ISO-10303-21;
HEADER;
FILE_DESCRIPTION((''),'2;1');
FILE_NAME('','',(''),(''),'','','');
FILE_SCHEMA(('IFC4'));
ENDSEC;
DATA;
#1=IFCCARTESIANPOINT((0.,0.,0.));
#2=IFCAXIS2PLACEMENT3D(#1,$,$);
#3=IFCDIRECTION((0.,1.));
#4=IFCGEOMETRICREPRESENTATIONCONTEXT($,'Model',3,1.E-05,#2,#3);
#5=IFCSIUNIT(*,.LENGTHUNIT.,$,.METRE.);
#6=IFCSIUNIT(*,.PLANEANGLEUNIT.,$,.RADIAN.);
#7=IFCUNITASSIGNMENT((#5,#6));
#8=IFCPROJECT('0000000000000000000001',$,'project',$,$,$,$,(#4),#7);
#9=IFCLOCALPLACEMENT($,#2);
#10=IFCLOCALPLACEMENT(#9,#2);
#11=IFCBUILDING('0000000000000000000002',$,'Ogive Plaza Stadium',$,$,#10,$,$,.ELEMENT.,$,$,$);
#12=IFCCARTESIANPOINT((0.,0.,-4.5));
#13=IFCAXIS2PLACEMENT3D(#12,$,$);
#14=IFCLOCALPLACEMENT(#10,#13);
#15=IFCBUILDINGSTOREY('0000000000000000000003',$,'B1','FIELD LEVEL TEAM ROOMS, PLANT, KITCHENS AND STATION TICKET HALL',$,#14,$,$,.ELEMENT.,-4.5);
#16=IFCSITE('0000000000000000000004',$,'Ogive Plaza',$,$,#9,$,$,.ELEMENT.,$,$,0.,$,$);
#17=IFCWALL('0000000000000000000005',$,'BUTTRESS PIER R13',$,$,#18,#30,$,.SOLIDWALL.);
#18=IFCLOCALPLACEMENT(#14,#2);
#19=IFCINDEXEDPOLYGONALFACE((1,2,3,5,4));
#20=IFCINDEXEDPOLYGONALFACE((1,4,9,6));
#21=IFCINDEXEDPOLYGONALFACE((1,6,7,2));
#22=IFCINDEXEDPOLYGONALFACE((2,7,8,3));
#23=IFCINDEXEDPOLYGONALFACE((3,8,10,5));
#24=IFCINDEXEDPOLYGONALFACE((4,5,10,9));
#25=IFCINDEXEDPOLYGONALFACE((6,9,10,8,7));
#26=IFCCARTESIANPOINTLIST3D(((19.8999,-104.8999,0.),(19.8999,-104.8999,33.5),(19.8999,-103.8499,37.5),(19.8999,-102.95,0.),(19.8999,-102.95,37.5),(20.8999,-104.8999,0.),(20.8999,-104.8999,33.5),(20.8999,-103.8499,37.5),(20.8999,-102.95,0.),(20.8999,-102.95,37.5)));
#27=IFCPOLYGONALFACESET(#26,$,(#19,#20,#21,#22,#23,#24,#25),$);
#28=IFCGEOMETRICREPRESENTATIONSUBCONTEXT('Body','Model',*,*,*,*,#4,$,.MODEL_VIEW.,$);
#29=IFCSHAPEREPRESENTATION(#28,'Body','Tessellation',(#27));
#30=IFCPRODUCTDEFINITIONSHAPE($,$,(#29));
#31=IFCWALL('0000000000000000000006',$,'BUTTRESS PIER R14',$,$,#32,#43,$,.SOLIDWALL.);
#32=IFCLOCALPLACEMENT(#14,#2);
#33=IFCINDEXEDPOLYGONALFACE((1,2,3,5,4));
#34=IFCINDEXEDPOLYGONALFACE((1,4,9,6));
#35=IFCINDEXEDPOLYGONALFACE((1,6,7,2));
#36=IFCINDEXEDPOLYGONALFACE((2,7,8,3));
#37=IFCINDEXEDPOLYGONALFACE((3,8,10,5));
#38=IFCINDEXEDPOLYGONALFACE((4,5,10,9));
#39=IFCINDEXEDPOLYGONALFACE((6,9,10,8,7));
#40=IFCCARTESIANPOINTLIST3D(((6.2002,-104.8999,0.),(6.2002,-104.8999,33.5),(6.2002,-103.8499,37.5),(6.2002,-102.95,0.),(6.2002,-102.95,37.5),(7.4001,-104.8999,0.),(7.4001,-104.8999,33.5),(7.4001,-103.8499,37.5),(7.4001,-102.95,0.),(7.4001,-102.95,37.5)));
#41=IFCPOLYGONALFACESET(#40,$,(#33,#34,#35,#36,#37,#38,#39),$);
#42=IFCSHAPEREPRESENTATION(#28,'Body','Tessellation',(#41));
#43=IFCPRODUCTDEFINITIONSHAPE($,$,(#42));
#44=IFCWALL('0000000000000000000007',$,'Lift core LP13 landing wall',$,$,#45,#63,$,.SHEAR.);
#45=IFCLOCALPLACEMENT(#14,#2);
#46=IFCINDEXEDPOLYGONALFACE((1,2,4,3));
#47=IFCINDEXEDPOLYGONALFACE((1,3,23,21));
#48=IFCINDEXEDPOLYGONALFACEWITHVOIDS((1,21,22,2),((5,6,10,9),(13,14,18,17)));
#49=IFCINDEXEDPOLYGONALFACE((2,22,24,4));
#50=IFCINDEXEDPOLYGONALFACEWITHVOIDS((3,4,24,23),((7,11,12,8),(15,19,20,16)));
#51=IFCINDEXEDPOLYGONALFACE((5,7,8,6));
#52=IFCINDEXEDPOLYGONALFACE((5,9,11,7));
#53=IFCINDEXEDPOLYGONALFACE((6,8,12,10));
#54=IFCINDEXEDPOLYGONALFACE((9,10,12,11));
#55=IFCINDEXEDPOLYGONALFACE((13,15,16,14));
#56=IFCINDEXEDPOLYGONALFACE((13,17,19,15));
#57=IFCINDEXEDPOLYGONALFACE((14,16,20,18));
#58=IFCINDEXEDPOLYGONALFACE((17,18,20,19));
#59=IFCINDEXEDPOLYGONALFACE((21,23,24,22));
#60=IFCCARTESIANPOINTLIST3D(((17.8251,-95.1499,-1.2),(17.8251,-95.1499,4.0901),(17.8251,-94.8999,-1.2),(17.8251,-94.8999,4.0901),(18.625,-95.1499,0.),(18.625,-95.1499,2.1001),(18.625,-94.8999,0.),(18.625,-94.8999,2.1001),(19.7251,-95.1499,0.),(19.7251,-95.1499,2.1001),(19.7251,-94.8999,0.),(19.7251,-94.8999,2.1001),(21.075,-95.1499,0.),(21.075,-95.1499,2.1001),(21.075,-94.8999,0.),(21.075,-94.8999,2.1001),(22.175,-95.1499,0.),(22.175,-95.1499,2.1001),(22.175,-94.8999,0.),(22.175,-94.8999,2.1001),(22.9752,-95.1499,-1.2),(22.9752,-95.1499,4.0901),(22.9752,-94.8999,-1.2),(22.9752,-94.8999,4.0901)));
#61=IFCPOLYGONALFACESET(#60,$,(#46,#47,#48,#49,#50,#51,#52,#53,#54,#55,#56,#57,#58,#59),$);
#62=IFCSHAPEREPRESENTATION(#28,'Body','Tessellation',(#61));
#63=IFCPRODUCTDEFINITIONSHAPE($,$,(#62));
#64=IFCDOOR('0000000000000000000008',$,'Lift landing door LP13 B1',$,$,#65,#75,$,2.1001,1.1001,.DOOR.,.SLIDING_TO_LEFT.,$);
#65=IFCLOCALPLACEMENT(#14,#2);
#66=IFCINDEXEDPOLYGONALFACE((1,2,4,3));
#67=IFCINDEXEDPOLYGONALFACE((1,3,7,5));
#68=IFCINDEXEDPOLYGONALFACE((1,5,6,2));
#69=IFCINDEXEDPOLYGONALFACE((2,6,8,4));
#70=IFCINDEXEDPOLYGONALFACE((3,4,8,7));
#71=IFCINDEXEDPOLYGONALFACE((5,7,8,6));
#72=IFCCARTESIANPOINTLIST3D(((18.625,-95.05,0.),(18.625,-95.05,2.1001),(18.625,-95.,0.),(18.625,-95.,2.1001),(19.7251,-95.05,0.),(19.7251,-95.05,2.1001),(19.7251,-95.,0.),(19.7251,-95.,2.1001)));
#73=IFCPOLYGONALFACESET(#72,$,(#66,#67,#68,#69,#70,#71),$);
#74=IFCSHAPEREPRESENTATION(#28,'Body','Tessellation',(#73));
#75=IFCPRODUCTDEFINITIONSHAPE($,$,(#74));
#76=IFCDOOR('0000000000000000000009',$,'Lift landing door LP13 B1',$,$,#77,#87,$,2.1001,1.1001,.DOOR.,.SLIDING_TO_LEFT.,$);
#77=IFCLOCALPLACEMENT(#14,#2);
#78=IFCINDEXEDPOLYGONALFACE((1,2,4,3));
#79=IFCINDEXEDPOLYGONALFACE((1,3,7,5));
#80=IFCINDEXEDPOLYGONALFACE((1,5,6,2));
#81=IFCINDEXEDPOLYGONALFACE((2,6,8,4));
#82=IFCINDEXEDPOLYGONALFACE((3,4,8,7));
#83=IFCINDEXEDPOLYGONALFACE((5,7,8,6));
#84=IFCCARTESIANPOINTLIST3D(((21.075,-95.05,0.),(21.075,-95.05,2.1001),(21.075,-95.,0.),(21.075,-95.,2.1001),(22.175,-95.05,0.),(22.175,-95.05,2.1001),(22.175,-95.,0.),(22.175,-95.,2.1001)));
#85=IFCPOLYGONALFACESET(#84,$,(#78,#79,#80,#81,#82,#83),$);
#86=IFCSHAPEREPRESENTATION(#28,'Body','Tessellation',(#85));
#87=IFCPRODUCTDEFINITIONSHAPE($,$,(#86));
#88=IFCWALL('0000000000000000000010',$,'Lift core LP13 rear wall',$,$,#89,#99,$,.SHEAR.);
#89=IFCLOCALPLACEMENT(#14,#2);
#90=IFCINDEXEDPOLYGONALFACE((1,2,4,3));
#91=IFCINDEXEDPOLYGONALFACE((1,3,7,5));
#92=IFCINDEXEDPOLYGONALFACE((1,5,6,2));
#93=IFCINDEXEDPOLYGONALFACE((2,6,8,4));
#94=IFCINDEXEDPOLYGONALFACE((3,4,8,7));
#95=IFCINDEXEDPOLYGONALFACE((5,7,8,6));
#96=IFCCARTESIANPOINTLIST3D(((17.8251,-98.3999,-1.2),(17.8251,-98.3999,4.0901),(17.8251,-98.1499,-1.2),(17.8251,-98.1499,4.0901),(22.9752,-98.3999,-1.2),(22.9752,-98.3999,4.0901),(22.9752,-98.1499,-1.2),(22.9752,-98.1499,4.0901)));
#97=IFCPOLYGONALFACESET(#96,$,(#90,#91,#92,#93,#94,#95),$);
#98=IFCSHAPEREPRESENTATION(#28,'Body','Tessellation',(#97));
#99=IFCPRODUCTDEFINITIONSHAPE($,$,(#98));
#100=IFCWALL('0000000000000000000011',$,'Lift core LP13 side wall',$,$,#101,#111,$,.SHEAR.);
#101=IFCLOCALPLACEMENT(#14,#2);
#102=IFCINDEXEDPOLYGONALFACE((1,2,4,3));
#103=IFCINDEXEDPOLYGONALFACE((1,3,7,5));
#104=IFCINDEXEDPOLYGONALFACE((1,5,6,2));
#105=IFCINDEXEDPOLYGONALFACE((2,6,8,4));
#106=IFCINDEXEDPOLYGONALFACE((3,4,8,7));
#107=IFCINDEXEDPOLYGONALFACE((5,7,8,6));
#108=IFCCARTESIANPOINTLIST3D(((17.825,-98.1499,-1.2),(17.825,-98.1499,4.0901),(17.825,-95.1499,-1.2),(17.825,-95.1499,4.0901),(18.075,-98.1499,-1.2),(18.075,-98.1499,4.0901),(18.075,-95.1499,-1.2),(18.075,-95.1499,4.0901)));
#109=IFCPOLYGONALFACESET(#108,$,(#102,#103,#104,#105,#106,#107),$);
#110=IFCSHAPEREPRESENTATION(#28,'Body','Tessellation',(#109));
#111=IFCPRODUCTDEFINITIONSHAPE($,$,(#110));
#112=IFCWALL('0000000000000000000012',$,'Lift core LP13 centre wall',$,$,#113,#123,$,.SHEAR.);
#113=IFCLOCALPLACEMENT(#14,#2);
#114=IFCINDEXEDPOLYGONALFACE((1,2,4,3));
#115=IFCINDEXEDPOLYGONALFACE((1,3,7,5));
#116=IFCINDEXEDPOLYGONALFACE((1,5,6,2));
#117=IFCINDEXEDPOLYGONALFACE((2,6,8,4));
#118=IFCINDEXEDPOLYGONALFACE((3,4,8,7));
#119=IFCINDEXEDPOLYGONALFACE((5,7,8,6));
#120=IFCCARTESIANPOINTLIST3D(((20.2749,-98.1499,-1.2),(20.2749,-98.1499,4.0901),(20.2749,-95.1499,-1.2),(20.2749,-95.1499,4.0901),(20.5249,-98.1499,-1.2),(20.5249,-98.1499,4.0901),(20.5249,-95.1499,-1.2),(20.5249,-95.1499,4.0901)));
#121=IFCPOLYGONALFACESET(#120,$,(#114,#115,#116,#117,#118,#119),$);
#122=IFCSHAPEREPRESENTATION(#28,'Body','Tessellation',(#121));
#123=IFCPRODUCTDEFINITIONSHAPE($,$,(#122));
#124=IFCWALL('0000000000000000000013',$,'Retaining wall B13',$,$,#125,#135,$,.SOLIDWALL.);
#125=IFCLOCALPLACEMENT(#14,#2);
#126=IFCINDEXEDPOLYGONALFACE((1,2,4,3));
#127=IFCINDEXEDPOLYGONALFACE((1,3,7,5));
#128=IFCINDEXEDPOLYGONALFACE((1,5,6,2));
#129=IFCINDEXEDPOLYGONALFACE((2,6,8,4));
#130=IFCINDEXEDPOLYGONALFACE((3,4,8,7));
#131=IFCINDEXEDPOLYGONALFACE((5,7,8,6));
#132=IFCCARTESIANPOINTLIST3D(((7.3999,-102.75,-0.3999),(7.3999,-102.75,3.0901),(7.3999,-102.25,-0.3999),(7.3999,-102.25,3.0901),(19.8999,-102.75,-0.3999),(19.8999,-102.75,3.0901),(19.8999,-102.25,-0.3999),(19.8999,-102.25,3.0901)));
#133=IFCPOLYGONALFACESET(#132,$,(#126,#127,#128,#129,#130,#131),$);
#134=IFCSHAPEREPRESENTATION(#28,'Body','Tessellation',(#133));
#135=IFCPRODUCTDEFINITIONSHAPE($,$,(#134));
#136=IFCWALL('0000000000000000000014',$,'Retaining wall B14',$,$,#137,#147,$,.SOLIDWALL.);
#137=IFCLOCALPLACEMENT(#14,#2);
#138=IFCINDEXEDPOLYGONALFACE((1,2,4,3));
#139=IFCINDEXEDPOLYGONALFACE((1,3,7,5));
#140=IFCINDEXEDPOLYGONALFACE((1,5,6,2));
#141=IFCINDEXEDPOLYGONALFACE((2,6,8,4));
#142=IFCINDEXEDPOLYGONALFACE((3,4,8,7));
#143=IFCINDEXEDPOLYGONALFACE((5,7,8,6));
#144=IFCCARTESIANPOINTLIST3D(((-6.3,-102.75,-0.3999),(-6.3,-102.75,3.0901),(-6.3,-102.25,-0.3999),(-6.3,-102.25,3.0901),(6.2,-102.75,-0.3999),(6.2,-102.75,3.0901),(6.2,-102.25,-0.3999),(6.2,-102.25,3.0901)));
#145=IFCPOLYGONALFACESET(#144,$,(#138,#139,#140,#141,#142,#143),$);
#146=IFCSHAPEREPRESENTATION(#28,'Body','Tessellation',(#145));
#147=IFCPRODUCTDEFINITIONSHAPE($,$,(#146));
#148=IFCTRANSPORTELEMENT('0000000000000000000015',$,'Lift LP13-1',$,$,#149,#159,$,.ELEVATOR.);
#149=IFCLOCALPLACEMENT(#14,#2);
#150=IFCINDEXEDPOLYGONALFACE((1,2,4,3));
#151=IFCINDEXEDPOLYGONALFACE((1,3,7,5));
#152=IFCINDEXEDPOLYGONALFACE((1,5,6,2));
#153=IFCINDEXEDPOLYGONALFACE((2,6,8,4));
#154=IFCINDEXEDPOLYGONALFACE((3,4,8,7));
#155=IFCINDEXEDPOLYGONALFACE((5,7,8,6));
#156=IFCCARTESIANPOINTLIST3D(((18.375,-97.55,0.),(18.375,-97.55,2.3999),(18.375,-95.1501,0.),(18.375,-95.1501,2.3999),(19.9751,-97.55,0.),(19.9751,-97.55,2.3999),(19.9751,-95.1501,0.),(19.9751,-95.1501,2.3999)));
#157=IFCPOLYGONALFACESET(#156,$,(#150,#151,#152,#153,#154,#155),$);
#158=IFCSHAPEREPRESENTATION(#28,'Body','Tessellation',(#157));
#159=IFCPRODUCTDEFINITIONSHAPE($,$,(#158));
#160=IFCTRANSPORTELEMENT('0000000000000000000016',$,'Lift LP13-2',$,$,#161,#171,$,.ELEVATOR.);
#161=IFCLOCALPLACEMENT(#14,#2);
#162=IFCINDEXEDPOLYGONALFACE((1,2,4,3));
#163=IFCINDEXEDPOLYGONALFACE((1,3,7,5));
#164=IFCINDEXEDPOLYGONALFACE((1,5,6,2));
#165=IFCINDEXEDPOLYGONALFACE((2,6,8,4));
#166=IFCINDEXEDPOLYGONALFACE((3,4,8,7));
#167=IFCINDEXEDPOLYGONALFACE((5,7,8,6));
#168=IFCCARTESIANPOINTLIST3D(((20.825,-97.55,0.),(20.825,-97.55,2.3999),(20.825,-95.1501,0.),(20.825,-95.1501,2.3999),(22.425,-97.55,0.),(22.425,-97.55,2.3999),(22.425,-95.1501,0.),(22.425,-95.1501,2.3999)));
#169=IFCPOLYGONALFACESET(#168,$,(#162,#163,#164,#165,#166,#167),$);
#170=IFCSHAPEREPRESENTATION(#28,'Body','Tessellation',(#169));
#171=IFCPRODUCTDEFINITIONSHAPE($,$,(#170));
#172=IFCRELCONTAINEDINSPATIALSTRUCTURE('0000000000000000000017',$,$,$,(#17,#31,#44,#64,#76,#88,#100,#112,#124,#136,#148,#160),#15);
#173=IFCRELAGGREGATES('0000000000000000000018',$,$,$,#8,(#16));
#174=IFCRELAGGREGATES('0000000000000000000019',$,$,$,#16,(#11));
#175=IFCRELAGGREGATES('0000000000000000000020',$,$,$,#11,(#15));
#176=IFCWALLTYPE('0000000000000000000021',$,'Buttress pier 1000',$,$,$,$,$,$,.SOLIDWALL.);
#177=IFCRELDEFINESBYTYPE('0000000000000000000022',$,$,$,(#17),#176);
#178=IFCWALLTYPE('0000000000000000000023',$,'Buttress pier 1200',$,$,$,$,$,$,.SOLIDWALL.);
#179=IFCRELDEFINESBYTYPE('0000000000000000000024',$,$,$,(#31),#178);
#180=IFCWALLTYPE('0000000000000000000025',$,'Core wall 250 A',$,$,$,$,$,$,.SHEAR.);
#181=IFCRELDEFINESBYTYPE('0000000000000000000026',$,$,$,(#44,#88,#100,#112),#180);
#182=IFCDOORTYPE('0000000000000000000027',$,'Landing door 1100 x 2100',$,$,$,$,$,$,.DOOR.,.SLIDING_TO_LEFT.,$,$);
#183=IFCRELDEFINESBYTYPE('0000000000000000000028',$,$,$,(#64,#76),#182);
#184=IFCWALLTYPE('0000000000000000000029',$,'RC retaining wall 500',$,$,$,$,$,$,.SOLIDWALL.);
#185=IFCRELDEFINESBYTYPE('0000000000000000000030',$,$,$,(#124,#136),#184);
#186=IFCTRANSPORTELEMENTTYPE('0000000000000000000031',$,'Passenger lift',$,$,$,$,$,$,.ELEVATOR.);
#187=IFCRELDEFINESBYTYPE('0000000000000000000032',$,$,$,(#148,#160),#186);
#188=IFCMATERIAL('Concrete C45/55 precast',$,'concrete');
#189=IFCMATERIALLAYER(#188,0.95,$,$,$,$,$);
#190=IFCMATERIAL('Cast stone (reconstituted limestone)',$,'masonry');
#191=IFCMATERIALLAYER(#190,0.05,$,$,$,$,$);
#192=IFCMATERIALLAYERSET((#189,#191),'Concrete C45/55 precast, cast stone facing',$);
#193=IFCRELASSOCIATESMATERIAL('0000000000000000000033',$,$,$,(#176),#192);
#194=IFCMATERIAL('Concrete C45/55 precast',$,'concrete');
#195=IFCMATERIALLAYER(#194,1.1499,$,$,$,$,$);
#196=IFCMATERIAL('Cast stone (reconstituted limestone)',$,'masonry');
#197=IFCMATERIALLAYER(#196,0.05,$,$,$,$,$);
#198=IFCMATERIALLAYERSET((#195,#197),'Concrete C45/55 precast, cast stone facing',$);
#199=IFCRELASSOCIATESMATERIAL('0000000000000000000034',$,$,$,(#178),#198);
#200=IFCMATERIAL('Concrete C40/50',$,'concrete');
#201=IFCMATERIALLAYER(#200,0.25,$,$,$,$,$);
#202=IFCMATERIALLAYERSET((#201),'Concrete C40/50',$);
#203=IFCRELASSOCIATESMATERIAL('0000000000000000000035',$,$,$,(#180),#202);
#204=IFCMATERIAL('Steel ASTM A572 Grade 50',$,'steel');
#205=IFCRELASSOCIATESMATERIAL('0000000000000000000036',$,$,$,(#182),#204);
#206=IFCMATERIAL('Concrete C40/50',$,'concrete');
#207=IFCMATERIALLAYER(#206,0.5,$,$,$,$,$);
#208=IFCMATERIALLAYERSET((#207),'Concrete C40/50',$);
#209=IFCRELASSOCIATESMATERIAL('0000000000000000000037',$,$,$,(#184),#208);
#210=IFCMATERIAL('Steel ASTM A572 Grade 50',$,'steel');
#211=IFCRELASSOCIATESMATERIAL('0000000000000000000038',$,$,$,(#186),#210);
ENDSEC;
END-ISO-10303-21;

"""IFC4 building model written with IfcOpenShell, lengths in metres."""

from ifc_helpers import new_model, si_unit, direction, frame, frame_2d, origin, origin_2d, place, context, subcontext, project, spatial, polyline, rectangle, outline, extrude, material, layer, layer_set, type_object, element, fill, save


model = new_model("IFC4")

# Units and contexts
model_context = context("Model", 3, precision=1e-05, world=origin(), true_north=direction((0.0, 1.0)))
body_context = subcontext(model_context, "Body", "Model", "MODEL_VIEW")
ifc_project = project(units=[si_unit("LENGTHUNIT", "METRE"), si_unit("PLANEANGLEUNIT", "RADIAN")], contexts=[model_context])

# Site, building, storey
site_placement = place(None, origin())
site = spatial("IfcSite", under=ifc_project, at=site_placement, Name="Ogive Plaza", CompositionType="ELEMENT", RefElevation=0.0)
building_placement = place(site_placement, origin())
building = spatial("IfcBuilding", under=site, at=building_placement, Name="Ogive Plaza Stadium", CompositionType="ELEMENT")
storey_placement = place(building_placement, frame((0.0, 0.0, -4.5)))
storey = spatial("IfcBuildingStorey", under=building, at=storey_placement, Name="B1", Description="FIELD LEVEL TEAM ROOMS, PLANT, KITCHENS AND STATION TICKET HALL", CompositionType="ELEMENT", Elevation=-4.5)

# Walls
ifc_material_1 = material(Name="Concrete C45/55 precast", Category="concrete")
ifc_layer_1 = layer(ifc_material_1, 0.95)
ifc_material_2 = material(Name="Cast stone (reconstituted limestone)", Category="masonry")
ifc_layer_2 = layer(ifc_material_2, 0.05)
ifc_layer_set_1 = layer_set([ifc_layer_1, ifc_layer_2], Name="Concrete C45/55 precast, cast stone facing")
wall_type_1 = type_object("IfcWallType", Name="Buttress pier 1000", PredefinedType="SOLIDWALL", material=ifc_layer_set_1)
wall_1_placement = place(storey_placement, frame((20.3999, -102.95, 0.0), z_axis=(0.0, 0.0, 1.0), x_axis=(0.0, -1.0, 0.0)))
element("IfcWall", 1, at=wall_1_placement, inside=storey, type_object=wall_type_1, Name="BUTTRESS PIER R13", PredefinedType="SOLIDWALL", context=body_context, shape_type="SweptSolid", body=[
    extrude(outline(polyline([(0.0, 0.0), (1.95, 0.0), (1.95, 33.5), (0.8999, 37.5), (0.0, 37.5), (0.0, 0.0)])), frame((0.0, 0.5, 0.0), z_axis=(0.0, -1.0, 0.0), x_axis=(1.0, 0.0, 0.0)), (0.0, 0.0, 1.0), 1.0),
])
ifc_material_3 = material(Name="Concrete C45/55 precast", Category="concrete")
ifc_layer_3 = layer(ifc_material_3, 1.1499)
ifc_material_4 = material(Name="Cast stone (reconstituted limestone)", Category="masonry")
ifc_layer_4 = layer(ifc_material_4, 0.05)
ifc_layer_set_2 = layer_set([ifc_layer_3, ifc_layer_4], Name="Concrete C45/55 precast, cast stone facing")
wall_type_2 = type_object("IfcWallType", Name="Buttress pier 1200", PredefinedType="SOLIDWALL", material=ifc_layer_set_2)
wall_2_placement = place(storey_placement, frame((6.8, -102.95, 0.0), z_axis=(0.0, 0.0, 1.0), x_axis=(0.0, -1.0, 0.0)))
element("IfcWall", 2, at=wall_2_placement, inside=storey, type_object=wall_type_2, Name="BUTTRESS PIER R14", PredefinedType="SOLIDWALL", context=body_context, shape_type="SweptSolid", body=[
    extrude(outline(polyline([(0.0, 0.0), (1.95, 0.0), (1.95, 33.5), (0.8999, 37.5), (0.0, 37.5), (0.0, 0.0)])), frame((0.0, 0.6001, 0.0), z_axis=(0.0, -1.0, 0.0), x_axis=(1.0, 0.0, 0.0)), (0.0, 0.0, 1.0), 1.2),
])

# Wall, openings, doors
ifc_material_5 = material(Name="Concrete C40/50", Category="concrete")
ifc_layer_5 = layer(ifc_material_5, 0.25)
ifc_layer_set_3 = layer_set([ifc_layer_5], Name="Concrete C40/50")
wall_type_3 = type_object("IfcWallType", Name="Core wall 250 A", PredefinedType="SHEAR", material=ifc_layer_set_3)
wall_3_placement = place(storey_placement, frame((17.825, -95.0249, -1.2), z_axis=(0.0, 0.0, 1.0), x_axis=(1.0, 0.0, 0.0)))
wall_3 = element("IfcWall", 3, at=wall_3_placement, inside=storey, type_object=wall_type_3, Name="Lift core LP13 landing wall", PredefinedType="SHEAR", context=body_context, shape_type="SweptSolid", body=[
    extrude(rectangle(XDim=5.1501, YDim=0.25, at=frame_2d((2.5752, 0.0))), origin(), (0.0, 0.0, 1.0), 5.29),
])
opening_1_placement = place(wall_3_placement, frame((0.8, 0.0, 1.2)))
opening_1 = element("IfcOpeningElement", 4, at=opening_1_placement, cuts=wall_3, PredefinedType="OPENING", context=body_context, shape_type="SweptSolid", body=[
    extrude(rectangle(XDim=1.1001, YDim=2.1001, at=frame_2d((0.55, 1.05))), frame((0.0, 0.125, 0.0), z_axis=(0.0, -1.0, 0.0), x_axis=(1.0, 0.0, 0.0)), (0.0, 0.0, 1.0), 0.25),
])
opening_2_placement = place(wall_3_placement, frame((3.25, 0.0, 1.2)))
opening_2 = element("IfcOpeningElement", 5, at=opening_2_placement, cuts=wall_3, PredefinedType="OPENING", context=body_context, shape_type="SweptSolid", body=[
    extrude(rectangle(XDim=1.1001, YDim=2.1001, at=frame_2d((0.55, 1.05))), frame((0.0, 0.125, 0.0), z_axis=(0.0, -1.0, 0.0), x_axis=(1.0, 0.0, 0.0)), (0.0, 0.0, 1.0), 0.25),
])
ifc_material_6 = material(Name="Steel ASTM A572 Grade 50", Category="steel")
door_type = type_object("IfcDoorType", Name="Landing door 1100 x 2100", OperationType="SLIDING_TO_LEFT", PredefinedType="DOOR", material=ifc_material_6)
door_1_placement = place(opening_1_placement, origin())
door_1 = element("IfcDoor", 6, at=door_1_placement, inside=storey, type_object=door_type, Name="Lift landing door LP13 B1", OperationType="SLIDING_TO_LEFT", OverallHeight=2.1001, OverallWidth=1.1001, PredefinedType="DOOR", context=body_context, shape_type="SweptSolid", body=[
    extrude(rectangle(XDim=1.1001, YDim=2.1001, at=frame_2d((0.55, 1.05))), frame((0.0, 0.0249, 0.0), z_axis=(0.0, -1.0, 0.0), x_axis=(1.0, 0.0, 0.0)), (0.0, 0.0, 1.0), 0.05),
])
fill(opening_1, door_1)
door_2_placement = place(opening_2_placement, origin())
door_2 = element("IfcDoor", 7, at=door_2_placement, inside=storey, type_object=door_type, Name="Lift landing door LP13 B1", OperationType="SLIDING_TO_LEFT", OverallHeight=2.1001, OverallWidth=1.1001, PredefinedType="DOOR", context=body_context, shape_type="SweptSolid", body=[
    extrude(rectangle(XDim=1.1001, YDim=2.1001, at=frame_2d((0.55, 1.05))), frame((0.0, 0.0249, 0.0), z_axis=(0.0, -1.0, 0.0), x_axis=(1.0, 0.0, 0.0)), (0.0, 0.0, 1.0), 0.05),
])
fill(opening_2, door_2)

# Walls
wall_4_placement = place(storey_placement, frame((17.825, -98.2749, -1.2), z_axis=(0.0, 0.0, 1.0), x_axis=(1.0, 0.0, 0.0)))
element("IfcWall", 8, at=wall_4_placement, inside=storey, type_object=wall_type_3, Name="Lift core LP13 rear wall", PredefinedType="SHEAR", context=body_context, shape_type="SweptSolid", body=[
    extrude(rectangle(XDim=5.1501, YDim=0.25, at=frame_2d((2.5752, 0.0))), origin(), (0.0, 0.0, 1.0), 5.29),
])
for number, where, z_axis, x_axis, name in (
    (9, (17.95, -95.1499, -1.2), (0.0, 0.0, 1.0), (0.0, -1.0, 0.0), "Lift core LP13 side wall"),
    (10, (20.3999, -95.1499, -1.2), (0.0, 0.0, 1.0), (0.0, -1.0, 0.0), "Lift core LP13 centre wall"),
):
    element("IfcWall", number, at=place(storey_placement, frame(where, z_axis=z_axis, x_axis=x_axis)), inside=storey, type_object=wall_type_3, Name=name, PredefinedType="SHEAR", context=body_context, shape_type="SweptSolid", body=[
        extrude(rectangle(XDim=3.0, YDim=0.25, at=frame_2d((1.5, 0.0))), origin(), (0.0, 0.0, 1.0), 5.29),
    ])
ifc_material_7 = material(Name="Concrete C40/50", Category="concrete")
ifc_layer_6 = layer(ifc_material_7, 0.5)
ifc_layer_set_4 = layer_set([ifc_layer_6], Name="Concrete C40/50")
wall_type_4 = type_object("IfcWallType", Name="RC retaining wall 500", PredefinedType="SOLIDWALL", material=ifc_layer_set_4)
for number, where, z_axis, x_axis, name in (
    (11, (19.8999, -102.5, -0.3999), (0.0, 0.0, 1.0), (-1.0, 0.0, 0.0), "Retaining wall B13"),
    (12, (6.2, -102.5, -0.3999), (0.0, 0.0, 1.0), (-1.0, 0.0, 0.0), "Retaining wall B14"),
):
    element("IfcWall", number, at=place(storey_placement, frame(where, z_axis=z_axis, x_axis=x_axis)), inside=storey, type_object=wall_type_4, Name=name, PredefinedType="SOLIDWALL", context=body_context, shape_type="SweptSolid", body=[
        extrude(rectangle(XDim=12.5, YDim=0.5, at=frame_2d((6.25, 0.0))), origin(), (0.0, 0.0, 1.0), 3.49),
    ])

# Transport elements
ifc_material_8 = material(Name="Steel ASTM A572 Grade 50", Category="steel")
transport_element_type = type_object("IfcTransportElementType", Name="Passenger lift", PredefinedType="ELEVATOR", material=ifc_material_8)
for number, where, z_axis, x_axis, name in (
    (13, (19.175, -96.3501, 0.0), (0.0, 0.0, 1.0), (0.0, -1.0, 0.0), "Lift LP13-1"),
    (14, (21.625, -96.3501, 0.0), (0.0, 0.0, 1.0), (0.0, -1.0, 0.0), "Lift LP13-2"),
):
    element("IfcTransportElement", number, at=place(storey_placement, frame(where, z_axis=z_axis, x_axis=x_axis)), inside=storey, type_object=transport_element_type, Name=name, PredefinedType="ELEVATOR", context=body_context, shape_type="SweptSolid", body=[
        extrude(rectangle(XDim=2.3999, YDim=1.6001, at=origin_2d()), origin(), (0.0, 0.0, 1.0), 2.3999),
    ])

save(model, "model.ifc")
